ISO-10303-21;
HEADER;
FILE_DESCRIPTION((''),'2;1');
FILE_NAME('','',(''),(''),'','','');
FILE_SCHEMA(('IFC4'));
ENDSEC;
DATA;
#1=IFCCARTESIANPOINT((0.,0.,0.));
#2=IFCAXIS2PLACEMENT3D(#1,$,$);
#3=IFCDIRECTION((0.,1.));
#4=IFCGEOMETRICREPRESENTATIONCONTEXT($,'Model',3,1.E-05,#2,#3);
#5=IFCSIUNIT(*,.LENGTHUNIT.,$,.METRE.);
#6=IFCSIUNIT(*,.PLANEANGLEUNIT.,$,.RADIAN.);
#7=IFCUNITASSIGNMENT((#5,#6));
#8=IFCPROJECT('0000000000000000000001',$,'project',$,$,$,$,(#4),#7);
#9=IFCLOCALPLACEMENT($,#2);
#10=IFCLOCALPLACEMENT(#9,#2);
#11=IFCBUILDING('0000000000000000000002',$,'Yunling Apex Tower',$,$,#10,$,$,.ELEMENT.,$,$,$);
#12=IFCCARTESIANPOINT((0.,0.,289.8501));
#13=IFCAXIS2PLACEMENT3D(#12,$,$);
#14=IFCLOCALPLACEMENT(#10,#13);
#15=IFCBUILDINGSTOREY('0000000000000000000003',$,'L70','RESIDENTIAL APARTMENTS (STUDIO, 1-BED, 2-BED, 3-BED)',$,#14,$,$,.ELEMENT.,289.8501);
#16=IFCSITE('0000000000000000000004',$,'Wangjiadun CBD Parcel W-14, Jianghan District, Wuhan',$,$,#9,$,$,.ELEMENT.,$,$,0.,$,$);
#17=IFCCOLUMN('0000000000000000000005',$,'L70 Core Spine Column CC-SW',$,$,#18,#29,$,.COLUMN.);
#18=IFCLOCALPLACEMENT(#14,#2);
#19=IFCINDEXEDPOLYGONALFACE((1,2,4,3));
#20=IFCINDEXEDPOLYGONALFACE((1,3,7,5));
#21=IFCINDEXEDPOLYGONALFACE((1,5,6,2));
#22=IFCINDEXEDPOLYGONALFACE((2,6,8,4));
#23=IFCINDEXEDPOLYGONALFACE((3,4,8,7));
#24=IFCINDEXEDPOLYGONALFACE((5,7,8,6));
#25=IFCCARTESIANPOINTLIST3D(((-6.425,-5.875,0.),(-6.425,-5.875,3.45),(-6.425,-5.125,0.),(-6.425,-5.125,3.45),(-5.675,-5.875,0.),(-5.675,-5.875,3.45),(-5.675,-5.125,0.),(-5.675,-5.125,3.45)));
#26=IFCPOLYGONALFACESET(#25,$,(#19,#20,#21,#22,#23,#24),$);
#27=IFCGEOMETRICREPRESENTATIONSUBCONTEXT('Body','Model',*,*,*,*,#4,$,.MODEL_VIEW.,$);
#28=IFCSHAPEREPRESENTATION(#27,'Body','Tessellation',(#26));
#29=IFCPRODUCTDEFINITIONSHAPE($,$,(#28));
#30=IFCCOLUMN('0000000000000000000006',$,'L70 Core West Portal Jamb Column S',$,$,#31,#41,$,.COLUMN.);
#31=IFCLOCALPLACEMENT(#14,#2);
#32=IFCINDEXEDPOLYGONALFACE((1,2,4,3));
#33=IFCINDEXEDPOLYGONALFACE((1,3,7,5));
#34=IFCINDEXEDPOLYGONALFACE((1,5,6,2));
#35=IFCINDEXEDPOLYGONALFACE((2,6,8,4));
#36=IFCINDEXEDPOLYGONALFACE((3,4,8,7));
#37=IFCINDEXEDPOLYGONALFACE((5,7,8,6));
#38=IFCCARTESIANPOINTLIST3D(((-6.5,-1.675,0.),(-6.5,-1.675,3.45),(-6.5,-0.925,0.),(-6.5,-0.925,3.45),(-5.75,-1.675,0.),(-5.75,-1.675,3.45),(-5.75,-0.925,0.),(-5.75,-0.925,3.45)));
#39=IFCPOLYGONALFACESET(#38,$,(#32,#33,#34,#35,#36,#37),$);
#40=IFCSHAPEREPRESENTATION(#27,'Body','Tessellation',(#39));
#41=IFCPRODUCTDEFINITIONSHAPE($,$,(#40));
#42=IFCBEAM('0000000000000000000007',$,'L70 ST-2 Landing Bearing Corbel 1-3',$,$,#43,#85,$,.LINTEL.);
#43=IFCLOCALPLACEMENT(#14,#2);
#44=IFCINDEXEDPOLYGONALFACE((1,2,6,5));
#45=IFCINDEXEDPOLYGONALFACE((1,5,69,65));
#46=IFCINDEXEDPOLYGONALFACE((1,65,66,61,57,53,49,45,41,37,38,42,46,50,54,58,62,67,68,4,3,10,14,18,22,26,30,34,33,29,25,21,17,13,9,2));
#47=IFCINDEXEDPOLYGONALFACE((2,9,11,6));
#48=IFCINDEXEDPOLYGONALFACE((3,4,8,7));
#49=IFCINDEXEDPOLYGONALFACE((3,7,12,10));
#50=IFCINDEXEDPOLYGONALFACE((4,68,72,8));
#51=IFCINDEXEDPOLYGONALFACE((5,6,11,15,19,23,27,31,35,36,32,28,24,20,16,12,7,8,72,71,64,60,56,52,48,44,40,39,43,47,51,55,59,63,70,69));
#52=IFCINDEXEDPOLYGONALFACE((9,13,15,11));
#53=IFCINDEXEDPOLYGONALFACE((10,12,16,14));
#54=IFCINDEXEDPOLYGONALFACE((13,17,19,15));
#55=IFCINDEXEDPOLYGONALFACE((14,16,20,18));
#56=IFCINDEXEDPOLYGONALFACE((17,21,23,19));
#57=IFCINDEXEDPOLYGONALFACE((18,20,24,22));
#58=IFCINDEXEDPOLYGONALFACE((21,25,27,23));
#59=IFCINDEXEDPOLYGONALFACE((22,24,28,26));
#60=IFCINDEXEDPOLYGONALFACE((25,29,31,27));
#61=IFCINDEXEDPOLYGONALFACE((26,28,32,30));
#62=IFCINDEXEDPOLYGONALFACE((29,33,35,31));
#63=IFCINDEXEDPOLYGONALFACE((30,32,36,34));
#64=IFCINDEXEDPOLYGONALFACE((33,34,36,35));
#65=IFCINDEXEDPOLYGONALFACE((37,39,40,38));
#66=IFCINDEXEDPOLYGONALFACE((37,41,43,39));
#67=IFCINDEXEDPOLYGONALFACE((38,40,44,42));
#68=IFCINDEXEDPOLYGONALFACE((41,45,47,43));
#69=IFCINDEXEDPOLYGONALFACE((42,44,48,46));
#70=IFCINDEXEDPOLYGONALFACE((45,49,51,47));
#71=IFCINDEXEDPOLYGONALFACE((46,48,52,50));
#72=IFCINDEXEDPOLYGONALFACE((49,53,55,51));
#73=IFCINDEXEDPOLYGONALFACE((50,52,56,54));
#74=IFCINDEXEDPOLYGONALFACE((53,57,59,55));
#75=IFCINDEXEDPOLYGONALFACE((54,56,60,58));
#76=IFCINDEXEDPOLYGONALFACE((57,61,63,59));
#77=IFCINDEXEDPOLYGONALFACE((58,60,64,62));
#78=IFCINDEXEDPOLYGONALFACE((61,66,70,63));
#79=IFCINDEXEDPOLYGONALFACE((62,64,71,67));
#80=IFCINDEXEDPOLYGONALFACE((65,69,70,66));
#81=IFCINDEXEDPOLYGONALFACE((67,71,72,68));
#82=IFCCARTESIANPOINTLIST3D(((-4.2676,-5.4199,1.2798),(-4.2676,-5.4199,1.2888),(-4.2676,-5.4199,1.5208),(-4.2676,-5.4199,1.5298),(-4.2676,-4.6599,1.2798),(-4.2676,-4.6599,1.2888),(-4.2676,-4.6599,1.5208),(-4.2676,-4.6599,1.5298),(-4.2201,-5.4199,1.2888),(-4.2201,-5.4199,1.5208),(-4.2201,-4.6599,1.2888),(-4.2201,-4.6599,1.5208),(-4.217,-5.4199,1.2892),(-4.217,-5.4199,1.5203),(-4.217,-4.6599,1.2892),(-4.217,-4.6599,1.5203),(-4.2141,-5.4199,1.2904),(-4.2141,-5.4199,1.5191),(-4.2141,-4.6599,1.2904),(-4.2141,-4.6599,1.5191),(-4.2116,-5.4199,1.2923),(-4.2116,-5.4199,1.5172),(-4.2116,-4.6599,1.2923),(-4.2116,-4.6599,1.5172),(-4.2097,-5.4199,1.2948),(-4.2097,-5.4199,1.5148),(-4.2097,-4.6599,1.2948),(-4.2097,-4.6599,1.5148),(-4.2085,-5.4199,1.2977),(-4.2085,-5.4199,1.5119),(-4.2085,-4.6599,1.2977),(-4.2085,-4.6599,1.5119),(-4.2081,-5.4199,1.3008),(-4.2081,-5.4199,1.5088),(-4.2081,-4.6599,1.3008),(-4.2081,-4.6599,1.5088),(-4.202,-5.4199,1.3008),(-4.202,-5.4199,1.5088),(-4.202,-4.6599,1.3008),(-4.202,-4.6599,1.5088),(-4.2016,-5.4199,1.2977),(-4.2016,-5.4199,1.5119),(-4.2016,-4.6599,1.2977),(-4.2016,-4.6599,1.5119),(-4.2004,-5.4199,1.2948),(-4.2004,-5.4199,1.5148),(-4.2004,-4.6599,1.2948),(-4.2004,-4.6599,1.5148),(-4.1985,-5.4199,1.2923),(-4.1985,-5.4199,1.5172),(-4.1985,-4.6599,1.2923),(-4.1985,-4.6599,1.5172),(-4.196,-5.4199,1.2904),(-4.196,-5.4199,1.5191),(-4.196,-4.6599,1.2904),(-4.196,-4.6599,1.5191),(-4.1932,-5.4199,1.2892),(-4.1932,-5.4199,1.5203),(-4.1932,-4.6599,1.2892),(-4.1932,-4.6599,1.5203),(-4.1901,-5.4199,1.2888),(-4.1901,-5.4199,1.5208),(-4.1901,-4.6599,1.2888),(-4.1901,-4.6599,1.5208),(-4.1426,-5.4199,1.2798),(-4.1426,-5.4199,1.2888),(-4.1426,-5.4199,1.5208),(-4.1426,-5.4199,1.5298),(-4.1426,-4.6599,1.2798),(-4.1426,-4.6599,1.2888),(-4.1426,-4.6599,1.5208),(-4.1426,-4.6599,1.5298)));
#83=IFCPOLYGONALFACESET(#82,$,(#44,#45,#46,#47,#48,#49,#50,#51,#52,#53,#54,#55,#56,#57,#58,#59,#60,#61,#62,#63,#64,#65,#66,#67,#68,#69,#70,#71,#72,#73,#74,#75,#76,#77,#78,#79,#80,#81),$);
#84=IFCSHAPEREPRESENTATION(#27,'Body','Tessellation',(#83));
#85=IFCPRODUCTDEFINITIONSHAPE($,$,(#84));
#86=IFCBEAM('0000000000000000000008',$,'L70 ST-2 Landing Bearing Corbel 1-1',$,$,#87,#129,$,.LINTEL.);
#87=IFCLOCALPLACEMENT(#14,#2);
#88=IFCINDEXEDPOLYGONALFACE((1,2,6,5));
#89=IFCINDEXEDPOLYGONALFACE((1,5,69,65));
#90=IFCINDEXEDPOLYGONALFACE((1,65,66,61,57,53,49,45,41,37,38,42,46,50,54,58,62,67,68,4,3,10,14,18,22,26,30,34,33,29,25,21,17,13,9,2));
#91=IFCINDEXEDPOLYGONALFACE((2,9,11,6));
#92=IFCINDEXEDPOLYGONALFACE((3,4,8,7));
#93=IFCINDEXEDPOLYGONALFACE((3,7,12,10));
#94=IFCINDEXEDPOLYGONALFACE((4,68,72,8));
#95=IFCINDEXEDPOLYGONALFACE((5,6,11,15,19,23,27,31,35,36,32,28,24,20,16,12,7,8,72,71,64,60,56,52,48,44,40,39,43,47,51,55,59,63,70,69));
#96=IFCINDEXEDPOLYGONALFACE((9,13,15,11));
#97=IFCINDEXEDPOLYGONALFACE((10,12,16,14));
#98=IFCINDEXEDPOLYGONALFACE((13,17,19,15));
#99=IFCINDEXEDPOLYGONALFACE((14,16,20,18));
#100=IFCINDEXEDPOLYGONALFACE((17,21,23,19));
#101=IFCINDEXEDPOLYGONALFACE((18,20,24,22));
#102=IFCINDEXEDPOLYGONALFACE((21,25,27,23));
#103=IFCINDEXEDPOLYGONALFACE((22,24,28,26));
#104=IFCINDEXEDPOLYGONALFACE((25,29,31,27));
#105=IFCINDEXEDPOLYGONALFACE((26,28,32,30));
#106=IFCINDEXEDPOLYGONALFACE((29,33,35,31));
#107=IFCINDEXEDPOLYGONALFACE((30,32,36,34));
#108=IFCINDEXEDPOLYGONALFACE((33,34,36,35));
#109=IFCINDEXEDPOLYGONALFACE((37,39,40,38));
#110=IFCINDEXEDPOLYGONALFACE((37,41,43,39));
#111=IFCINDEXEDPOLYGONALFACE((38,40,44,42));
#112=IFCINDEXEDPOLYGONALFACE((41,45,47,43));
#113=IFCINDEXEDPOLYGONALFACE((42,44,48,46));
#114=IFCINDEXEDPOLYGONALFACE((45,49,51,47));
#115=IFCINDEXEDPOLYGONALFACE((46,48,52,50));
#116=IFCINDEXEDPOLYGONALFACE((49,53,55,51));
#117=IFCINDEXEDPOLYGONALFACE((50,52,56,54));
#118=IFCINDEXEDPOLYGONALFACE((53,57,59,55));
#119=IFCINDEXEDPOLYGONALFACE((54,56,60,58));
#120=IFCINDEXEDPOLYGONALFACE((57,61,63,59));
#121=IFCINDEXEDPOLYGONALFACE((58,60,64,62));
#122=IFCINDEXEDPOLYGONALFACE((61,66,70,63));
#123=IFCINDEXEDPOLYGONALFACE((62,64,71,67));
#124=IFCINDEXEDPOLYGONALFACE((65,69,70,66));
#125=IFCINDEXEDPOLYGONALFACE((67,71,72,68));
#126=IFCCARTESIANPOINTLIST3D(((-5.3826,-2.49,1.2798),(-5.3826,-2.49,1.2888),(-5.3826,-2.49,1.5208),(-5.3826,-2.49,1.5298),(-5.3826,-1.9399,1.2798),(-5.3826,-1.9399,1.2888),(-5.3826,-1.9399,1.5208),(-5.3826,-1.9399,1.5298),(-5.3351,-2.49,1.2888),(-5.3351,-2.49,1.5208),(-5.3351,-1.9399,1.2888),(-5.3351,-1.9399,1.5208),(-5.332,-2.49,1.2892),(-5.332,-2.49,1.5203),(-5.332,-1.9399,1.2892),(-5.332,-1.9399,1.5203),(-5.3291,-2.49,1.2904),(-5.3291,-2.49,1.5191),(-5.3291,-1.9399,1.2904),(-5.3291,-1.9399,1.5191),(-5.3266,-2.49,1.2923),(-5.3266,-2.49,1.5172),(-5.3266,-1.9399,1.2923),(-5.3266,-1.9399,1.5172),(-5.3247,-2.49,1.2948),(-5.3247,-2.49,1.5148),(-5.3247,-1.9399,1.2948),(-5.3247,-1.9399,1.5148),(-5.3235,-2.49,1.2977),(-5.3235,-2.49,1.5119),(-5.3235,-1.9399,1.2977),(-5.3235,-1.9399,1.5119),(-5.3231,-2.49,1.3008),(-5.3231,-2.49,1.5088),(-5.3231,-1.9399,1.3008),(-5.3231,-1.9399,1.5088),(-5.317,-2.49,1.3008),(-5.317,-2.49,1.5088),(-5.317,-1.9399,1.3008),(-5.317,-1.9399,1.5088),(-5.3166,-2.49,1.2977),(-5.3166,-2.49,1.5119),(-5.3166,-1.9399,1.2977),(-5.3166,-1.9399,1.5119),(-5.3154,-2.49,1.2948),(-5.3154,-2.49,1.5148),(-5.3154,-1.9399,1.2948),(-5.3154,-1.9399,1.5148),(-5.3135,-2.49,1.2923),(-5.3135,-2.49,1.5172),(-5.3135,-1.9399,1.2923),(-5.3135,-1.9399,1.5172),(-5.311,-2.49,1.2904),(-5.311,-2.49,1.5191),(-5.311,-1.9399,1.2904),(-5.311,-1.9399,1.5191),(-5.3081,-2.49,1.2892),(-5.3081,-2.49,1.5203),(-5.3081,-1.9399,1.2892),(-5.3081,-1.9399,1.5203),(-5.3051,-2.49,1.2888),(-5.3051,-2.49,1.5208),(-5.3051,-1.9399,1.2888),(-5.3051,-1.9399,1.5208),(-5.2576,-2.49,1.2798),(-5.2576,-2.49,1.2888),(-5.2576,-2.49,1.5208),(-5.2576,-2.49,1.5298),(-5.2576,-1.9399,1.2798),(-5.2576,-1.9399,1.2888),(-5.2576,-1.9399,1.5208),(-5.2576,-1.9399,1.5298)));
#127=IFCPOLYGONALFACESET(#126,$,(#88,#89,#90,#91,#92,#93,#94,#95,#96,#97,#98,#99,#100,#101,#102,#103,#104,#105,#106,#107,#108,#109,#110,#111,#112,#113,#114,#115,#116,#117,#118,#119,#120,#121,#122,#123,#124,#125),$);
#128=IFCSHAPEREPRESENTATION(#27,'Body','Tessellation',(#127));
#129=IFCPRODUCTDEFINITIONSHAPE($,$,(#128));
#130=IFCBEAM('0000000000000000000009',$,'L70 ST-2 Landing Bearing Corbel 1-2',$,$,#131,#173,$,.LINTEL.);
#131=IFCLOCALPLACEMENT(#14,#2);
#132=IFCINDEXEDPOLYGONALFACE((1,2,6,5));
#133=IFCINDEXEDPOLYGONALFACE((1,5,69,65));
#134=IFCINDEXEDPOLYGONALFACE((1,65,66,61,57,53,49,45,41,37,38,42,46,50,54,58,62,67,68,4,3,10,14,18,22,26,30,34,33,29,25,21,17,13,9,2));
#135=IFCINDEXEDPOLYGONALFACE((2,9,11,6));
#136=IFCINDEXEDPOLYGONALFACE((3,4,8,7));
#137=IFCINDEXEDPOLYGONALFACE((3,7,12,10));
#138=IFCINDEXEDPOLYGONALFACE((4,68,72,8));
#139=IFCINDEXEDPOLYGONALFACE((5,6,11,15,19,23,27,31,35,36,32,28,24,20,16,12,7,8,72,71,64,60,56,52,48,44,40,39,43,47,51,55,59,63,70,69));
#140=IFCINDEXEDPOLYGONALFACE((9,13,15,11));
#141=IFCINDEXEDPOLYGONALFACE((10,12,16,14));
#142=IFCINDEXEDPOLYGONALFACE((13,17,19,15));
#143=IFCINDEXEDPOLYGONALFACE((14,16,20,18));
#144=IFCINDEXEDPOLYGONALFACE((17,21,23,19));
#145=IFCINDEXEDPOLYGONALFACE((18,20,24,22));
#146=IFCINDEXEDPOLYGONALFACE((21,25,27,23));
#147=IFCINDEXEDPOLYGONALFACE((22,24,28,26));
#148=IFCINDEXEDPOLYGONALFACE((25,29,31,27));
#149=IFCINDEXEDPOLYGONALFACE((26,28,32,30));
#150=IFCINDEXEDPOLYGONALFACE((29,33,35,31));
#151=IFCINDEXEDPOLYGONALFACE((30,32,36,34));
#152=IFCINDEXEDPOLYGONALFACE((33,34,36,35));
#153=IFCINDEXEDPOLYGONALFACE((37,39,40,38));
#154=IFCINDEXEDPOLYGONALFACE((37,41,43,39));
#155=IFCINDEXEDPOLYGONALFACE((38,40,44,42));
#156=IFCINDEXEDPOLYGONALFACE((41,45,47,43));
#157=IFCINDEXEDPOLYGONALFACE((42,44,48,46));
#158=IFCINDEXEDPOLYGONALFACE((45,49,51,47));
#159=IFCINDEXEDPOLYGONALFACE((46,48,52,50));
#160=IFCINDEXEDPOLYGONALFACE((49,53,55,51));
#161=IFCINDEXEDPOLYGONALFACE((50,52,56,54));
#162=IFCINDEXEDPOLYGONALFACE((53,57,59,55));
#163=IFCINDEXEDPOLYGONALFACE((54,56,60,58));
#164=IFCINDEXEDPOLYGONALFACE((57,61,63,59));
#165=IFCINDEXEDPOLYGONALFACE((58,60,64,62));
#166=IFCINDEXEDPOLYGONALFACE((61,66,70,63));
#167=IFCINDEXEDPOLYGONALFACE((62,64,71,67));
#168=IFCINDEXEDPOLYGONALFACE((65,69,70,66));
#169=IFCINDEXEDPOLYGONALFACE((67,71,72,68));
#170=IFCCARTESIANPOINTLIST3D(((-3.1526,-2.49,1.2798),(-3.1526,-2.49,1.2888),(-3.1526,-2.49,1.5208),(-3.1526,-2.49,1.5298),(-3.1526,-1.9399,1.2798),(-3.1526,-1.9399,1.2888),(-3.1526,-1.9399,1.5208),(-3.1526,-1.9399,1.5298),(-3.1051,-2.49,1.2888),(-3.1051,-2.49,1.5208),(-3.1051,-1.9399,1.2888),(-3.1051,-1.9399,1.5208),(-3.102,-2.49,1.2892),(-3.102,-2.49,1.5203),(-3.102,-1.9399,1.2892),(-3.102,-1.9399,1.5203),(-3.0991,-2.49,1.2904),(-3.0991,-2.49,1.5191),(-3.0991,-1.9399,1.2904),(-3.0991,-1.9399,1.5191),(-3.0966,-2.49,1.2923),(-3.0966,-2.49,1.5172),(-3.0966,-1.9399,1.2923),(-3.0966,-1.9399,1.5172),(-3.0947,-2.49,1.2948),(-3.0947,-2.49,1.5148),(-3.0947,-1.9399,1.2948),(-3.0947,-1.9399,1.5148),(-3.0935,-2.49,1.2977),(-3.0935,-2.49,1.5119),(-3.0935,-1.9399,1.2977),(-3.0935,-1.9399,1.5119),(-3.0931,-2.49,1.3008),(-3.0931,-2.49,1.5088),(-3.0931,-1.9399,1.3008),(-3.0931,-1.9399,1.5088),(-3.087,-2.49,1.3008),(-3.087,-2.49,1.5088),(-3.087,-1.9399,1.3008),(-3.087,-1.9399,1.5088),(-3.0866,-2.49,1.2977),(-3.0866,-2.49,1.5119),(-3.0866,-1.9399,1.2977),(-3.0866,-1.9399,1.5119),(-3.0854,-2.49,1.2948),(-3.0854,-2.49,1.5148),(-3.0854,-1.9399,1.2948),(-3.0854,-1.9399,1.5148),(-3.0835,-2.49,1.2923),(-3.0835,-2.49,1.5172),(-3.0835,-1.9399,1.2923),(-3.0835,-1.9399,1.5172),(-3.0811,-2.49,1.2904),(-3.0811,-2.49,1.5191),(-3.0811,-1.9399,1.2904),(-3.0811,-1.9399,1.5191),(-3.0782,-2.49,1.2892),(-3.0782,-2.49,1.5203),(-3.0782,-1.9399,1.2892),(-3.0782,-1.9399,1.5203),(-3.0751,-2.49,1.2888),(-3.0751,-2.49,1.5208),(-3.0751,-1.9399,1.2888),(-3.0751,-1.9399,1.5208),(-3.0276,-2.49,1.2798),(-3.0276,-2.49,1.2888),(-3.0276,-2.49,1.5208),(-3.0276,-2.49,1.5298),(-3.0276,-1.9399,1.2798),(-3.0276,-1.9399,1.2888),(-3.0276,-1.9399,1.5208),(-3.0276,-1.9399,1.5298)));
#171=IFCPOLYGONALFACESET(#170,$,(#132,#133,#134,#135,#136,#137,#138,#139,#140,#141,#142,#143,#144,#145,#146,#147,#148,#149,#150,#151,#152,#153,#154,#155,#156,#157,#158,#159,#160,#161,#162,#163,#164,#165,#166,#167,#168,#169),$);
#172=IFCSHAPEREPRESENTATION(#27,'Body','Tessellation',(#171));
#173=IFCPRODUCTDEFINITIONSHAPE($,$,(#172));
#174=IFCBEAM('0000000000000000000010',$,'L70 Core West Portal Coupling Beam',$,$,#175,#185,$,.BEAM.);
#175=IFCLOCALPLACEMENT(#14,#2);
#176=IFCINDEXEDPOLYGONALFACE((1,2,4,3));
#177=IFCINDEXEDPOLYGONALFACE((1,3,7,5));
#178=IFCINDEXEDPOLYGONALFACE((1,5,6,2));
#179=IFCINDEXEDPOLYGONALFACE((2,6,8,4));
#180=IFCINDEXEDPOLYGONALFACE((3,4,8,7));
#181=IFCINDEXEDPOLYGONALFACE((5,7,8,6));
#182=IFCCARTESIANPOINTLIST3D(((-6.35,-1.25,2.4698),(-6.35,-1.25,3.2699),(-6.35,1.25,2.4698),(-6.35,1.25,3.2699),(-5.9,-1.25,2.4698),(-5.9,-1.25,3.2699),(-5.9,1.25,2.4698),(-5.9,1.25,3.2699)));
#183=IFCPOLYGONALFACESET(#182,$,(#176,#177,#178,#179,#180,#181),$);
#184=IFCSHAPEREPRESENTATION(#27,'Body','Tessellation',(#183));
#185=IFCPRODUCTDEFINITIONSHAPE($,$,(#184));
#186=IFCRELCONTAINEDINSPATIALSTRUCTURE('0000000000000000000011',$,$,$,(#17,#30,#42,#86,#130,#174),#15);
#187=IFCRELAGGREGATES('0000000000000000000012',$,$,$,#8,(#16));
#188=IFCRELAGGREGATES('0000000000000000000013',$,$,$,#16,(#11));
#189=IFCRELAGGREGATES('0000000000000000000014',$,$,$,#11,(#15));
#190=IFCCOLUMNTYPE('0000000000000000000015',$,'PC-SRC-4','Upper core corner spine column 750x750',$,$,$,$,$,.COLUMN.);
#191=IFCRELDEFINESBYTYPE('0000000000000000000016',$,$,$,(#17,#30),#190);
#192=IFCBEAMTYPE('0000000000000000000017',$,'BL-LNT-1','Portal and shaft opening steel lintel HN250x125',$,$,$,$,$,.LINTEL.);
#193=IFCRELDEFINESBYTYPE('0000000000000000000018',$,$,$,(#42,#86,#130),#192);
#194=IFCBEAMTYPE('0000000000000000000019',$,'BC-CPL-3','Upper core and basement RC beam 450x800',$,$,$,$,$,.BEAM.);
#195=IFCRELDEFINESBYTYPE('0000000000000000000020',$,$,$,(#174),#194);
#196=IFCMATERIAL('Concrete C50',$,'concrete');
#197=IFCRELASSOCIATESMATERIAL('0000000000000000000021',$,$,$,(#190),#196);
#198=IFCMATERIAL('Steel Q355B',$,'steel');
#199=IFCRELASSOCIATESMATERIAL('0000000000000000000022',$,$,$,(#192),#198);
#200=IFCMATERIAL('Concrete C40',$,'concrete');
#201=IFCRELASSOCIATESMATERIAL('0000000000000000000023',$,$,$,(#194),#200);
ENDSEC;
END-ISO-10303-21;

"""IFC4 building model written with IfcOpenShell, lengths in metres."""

from ifc_helpers import new_model, si_unit, direction, frame, origin, origin_2d, place, context, subcontext, project, spatial, rectangle, i_section, extrude, source, transform, mapped, material, material_profile, profile_set, type_object, element, save


model = new_model("IFC4")

# Units and contexts
model_context = context("Model", 3, precision=1e-05, world=origin(), true_north=direction((0.0, 1.0)))
body_context = subcontext(model_context, "Body", "Model", "MODEL_VIEW")
ifc_project = project(units=[si_unit("LENGTHUNIT", "METRE"), si_unit("PLANEANGLEUNIT", "RADIAN")], contexts=[model_context])

# Site, building, storey
site_placement = place(None, origin())
site = spatial("IfcSite", under=ifc_project, at=site_placement, Name="Wangjiadun CBD Parcel W-14, Jianghan District, Wuhan", CompositionType="ELEMENT", RefElevation=0.0)
building_placement = place(site_placement, origin())
building = spatial("IfcBuilding", under=site, at=building_placement, Name="Yunling Apex Tower", CompositionType="ELEMENT")
storey_placement = place(building_placement, frame((0.0, 0.0, 289.8501)))
storey = spatial("IfcBuildingStorey", under=building, at=storey_placement, Name="L70", Description="RESIDENTIAL APARTMENTS (STUDIO, 1-BED, 2-BED, 3-BED)", CompositionType="ELEMENT", Elevation=289.8501)

# Columns
ifc_material_1 = material(Name="Concrete C50", Category="concrete")
ifc_material_profile_1 = material_profile(ifc_material_1, rectangle(XDim=0.75, YDim=0.75, at=origin_2d()))
ifc_profile_set_1 = profile_set([ifc_material_profile_1], Name="Concrete C50")
column_type = type_object("IfcColumnType", Name="PC-SRC-4", Description="Upper core corner spine column 750x750", PredefinedType="COLUMN", material=ifc_profile_set_1)
shared_shape_1 = source(origin(), body_context, "Body", "SweptSolid", [
    extrude(rectangle(XDim=0.75, YDim=0.75, at=origin_2d()), origin(), (0.0, 0.0, 1.0), 3.45),
])
for number, where, z_axis, x_axis, name in (
    (1, (-6.05, -5.5, 0.0), (0.0, 0.0, 1.0), (1.0, 0.0, 0.0), "L70 Core Spine Column CC-SW"),
    (2, (-6.125, -1.3, 0.0), (0.0, 0.0, 1.0), (1.0, 0.0, 0.0), "L70 Core West Portal Jamb Column S"),
):
    element("IfcColumn", number, at=place(storey_placement, frame(where, z_axis=z_axis, x_axis=x_axis)), inside=storey, type_object=column_type, Name=name, PredefinedType="COLUMN", context=body_context, shape_type="MappedRepresentation", body=[
        mapped(shared_shape_1, transform((0.0, 0.0, 0.0), scale=1.0)),
    ])

# Beams
ifc_material_2 = material(Name="Steel Q355B", Category="steel")
ifc_material_profile_2 = material_profile(ifc_material_2, i_section(OverallWidth=0.125, OverallDepth=0.25, WebThickness=0.0061, FlangeThickness=0.009, FilletRadius=0.012, at=origin_2d()))
ifc_profile_set_2 = profile_set([ifc_material_profile_2], Name="Steel Q355B")
beam_type_1 = type_object("IfcBeamType", Name="BL-LNT-1", Description="Portal and shaft opening steel lintel HN250x125", PredefinedType="LINTEL", material=ifc_profile_set_2)
shared_shape_2 = source(origin(), body_context, "Body", "SweptSolid", [
    extrude(i_section(OverallWidth=0.125, OverallDepth=0.25, WebThickness=0.0061, FlangeThickness=0.009, FilletRadius=0.012, at=origin_2d()), origin(), (0.0, 0.0, 1.0), 0.76),
])
beam_1_placement = place(storey_placement, frame((-4.2051, -5.4199, 1.4048), z_axis=(0.0, 1.0, 0.0), x_axis=(-1.0, 0.0, 0.0)))
element("IfcBeam", 3, at=beam_1_placement, inside=storey, type_object=beam_type_1, Name="L70 ST-2 Landing Bearing Corbel 1-3", PredefinedType="LINTEL", context=body_context, shape_type="MappedRepresentation", body=[
    mapped(shared_shape_2, transform((0.0, 0.0, 0.0), scale=1.0)),
])
shared_shape_3 = source(origin(), body_context, "Body", "SweptSolid", [
    extrude(i_section(OverallWidth=0.125, OverallDepth=0.25, WebThickness=0.0061, FlangeThickness=0.009, FilletRadius=0.012, at=origin_2d()), origin(), (0.0, 0.0, 1.0), 0.55),
])
for number, where, z_axis, x_axis, name in (
    (4, (-5.3201, -1.9399, 1.4048), (0.0, -1.0, 0.0), (1.0, 0.0, 0.0), "L70 ST-2 Landing Bearing Corbel 1-1"),
    (5, (-3.0901, -1.9399, 1.4048), (0.0, -1.0, 0.0), (1.0, 0.0, 0.0), "L70 ST-2 Landing Bearing Corbel 1-2"),
):
    element("IfcBeam", number, at=place(storey_placement, frame(where, z_axis=z_axis, x_axis=x_axis)), inside=storey, type_object=beam_type_1, Name=name, PredefinedType="LINTEL", context=body_context, shape_type="MappedRepresentation", body=[
        mapped(shared_shape_3, transform((0.0, 0.0, 0.0), scale=1.0)),
    ])
ifc_material_3 = material(Name="Concrete C40", Category="concrete")
ifc_material_profile_3 = material_profile(ifc_material_3, rectangle(XDim=0.45, YDim=0.8, at=origin_2d()))
ifc_profile_set_3 = profile_set([ifc_material_profile_3], Name="Concrete C40")
beam_type_2 = type_object("IfcBeamType", Name="BC-CPL-3", Description="Upper core and basement RC beam 450x800", PredefinedType="BEAM", material=ifc_profile_set_3)
shared_shape_4 = source(origin(), body_context, "Body", "SweptSolid", [
    extrude(rectangle(XDim=0.45, YDim=0.8, at=origin_2d()), origin(), (0.0, 0.0, 1.0), 2.5),
])
beam_2_placement = place(storey_placement, frame((-6.125, -1.25, 2.8699), z_axis=(0.0, 1.0, 0.0), x_axis=(-1.0, 0.0, 0.0)))
element("IfcBeam", 6, at=beam_2_placement, inside=storey, type_object=beam_type_2, Name="L70 Core West Portal Coupling Beam", PredefinedType="BEAM", context=body_context, shape_type="MappedRepresentation", body=[
    mapped(shared_shape_4, transform((0.0, 0.0, 0.0), scale=1.0)),
])

save(model, "model.ifc")
